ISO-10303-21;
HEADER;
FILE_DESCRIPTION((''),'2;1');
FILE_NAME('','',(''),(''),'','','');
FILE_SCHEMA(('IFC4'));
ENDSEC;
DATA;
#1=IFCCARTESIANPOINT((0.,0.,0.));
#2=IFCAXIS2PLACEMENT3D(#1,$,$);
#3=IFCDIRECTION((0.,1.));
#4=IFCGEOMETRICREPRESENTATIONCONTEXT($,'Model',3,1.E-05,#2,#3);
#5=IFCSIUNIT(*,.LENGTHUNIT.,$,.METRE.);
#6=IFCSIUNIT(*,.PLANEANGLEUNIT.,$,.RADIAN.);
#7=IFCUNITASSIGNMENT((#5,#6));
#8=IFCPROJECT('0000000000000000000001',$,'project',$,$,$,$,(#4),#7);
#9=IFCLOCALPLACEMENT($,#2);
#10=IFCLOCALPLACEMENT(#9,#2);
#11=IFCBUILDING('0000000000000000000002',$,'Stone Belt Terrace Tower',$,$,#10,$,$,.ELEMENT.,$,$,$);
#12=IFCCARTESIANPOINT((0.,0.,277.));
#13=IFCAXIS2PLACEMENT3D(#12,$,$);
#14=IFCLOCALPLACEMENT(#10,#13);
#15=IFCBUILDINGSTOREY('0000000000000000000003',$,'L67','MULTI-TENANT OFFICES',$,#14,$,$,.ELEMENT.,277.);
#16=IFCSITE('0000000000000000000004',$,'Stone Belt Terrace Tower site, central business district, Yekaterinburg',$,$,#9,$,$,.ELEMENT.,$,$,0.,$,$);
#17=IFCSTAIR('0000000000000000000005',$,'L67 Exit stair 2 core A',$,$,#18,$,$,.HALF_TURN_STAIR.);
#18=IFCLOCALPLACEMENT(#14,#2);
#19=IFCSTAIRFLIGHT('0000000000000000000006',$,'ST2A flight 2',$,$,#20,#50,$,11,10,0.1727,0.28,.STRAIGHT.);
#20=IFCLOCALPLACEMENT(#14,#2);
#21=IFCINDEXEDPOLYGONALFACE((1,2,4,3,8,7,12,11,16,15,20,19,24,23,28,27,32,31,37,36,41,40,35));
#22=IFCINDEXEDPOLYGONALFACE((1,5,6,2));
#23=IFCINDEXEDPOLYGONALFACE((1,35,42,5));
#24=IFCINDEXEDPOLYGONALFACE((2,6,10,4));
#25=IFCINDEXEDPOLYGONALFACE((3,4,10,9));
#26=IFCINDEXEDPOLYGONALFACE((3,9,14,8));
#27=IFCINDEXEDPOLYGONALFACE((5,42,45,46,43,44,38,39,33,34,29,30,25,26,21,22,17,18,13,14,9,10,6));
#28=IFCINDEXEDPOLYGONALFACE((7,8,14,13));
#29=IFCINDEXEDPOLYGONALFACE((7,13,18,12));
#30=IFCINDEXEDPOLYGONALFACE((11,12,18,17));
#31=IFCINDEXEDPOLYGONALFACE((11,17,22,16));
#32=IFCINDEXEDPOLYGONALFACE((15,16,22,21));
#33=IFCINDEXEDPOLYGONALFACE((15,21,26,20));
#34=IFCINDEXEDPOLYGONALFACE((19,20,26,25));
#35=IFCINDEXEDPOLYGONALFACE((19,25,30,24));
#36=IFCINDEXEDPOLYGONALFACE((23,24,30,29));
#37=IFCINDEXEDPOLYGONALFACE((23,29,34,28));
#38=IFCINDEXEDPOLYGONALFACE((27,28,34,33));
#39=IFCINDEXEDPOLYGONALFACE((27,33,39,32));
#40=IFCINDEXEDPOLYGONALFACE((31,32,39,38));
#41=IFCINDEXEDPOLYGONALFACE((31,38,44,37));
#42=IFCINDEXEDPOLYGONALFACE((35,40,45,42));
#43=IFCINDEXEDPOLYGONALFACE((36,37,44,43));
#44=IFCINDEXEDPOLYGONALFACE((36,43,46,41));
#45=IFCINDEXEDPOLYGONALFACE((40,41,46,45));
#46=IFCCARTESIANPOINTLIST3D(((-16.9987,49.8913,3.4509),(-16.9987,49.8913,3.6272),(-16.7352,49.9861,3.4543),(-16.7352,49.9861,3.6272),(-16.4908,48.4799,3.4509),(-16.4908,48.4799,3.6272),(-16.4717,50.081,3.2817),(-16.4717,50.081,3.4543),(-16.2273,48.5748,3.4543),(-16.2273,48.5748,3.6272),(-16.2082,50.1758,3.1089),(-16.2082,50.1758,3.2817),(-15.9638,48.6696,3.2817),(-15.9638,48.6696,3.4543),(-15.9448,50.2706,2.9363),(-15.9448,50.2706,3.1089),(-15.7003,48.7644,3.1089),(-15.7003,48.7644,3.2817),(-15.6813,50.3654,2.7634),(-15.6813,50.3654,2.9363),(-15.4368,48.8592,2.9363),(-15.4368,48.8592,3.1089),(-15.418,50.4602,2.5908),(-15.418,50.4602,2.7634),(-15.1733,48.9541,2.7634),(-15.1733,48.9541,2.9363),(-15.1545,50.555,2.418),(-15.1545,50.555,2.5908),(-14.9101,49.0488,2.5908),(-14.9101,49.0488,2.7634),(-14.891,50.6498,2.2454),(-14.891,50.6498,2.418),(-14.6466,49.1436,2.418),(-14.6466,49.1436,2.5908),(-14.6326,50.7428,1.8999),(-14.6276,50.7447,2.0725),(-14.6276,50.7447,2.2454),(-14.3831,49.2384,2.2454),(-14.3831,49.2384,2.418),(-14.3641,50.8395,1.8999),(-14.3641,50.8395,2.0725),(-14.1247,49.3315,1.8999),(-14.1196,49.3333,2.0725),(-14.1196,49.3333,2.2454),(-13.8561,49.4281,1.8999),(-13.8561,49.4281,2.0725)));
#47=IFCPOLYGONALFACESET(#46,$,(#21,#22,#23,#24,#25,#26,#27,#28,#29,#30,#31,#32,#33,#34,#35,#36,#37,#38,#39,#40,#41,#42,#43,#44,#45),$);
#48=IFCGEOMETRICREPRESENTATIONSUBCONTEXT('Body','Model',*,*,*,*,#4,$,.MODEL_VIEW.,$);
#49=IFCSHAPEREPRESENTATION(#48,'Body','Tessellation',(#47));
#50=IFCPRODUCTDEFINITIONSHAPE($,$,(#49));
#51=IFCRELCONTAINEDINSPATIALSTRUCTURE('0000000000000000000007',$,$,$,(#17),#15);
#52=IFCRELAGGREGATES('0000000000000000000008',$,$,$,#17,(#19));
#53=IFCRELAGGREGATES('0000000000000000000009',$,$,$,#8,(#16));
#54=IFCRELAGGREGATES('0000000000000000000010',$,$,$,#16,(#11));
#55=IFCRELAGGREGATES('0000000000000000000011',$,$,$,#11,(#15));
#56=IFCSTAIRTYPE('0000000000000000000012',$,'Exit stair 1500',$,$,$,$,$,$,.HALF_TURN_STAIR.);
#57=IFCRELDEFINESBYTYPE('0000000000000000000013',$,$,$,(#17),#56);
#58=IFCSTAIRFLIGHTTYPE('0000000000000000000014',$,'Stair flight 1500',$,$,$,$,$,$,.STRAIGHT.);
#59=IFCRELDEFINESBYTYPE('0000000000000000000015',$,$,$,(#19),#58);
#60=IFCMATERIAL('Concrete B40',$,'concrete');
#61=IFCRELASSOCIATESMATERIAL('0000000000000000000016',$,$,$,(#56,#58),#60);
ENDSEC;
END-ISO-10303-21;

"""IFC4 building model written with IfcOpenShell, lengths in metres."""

from ifc_helpers import new_model, si_unit, direction, frame, origin, place, context, subcontext, project, spatial, polyline, outline, extrude, material, type_object, element, aggregate, save


model = new_model("IFC4")

# Units and contexts
model_context = context("Model", 3, precision=1e-05, world=origin(), true_north=direction((0.0, 1.0)))
body_context = subcontext(model_context, "Body", "Model", "MODEL_VIEW")
ifc_project = project(units=[si_unit("LENGTHUNIT", "METRE"), si_unit("PLANEANGLEUNIT", "RADIAN")], contexts=[model_context])

# Site, building, storey
site_placement = place(None, origin())
site = spatial("IfcSite", under=ifc_project, at=site_placement, Name="Stone Belt Terrace Tower site, central business district, Yekaterinburg", CompositionType="ELEMENT", RefElevation=0.0)
building_placement = place(site_placement, origin())
building = spatial("IfcBuilding", under=site, at=building_placement, Name="Stone Belt Terrace Tower", CompositionType="ELEMENT")
storey_placement = place(building_placement, frame((0.0, 0.0, 277.0)))
storey = spatial("IfcBuildingStorey", under=building, at=storey_placement, Name="L67", Description="MULTI-TENANT OFFICES", CompositionType="ELEMENT", Elevation=277.0)

# Stair, stair flight
ifc_material_1 = material(Name="Concrete B40", Category="concrete")
stair_type = type_object("IfcStairType", Name="Exit stair 1500", PredefinedType="HALF_TURN_STAIR", material=ifc_material_1)
stair_placement = place(storey_placement, origin())
stair = element("IfcStair", 1, at=stair_placement, inside=storey, type_object=stair_type, Name="L67 Exit stair 2 core A", PredefinedType="HALF_TURN_STAIR")
stair_flight_type = type_object("IfcStairFlightType", Name="Stair flight 1500", PredefinedType="STRAIGHT", material=ifc_material_1)
stair_flight_placement = place(storey_placement, frame((-14.1101, 50.1338, 1.8999), z_axis=(0.0, 0.0, 1.0), x_axis=(-0.940922, -0.338624, 0.0)))
stair_flight = element("IfcStairFlight", 2, at=stair_flight_placement, type_object=stair_flight_type, Name="ST2A flight 2", NumberOfRisers=11, NumberOfTreads=10, PredefinedType="STRAIGHT", RiserHeight=0.1727, TreadLength=0.28, context=body_context, shape_type="SweptSolid", body=[
    extrude(outline(polyline([(0.0, 0.0), (0.0, 0.1726), (0.28, 0.1726), (0.28, 0.3455), (0.5601, 0.3455), (0.5601, 0.5181), (0.8401, 0.5181), (0.8401, 0.6909), (1.1201, 0.6909), (1.1201, 0.8635), (1.3999, 0.8635), (1.3999, 1.0364), (1.6799, 1.0364), (1.6799, 1.209), (1.96, 1.209), (1.96, 1.3818), (2.24, 1.3818), (2.24, 1.5544), (2.52, 1.5544), (2.52, 1.7273), (2.8, 1.7273), (2.8, 1.8999), (2.8, 1.551), (0.2854, 0.0), (0.0, 0.0)])), frame((0.0, 0.75, 0.0), z_axis=(0.0, -1.0, 0.0), x_axis=(1.0, 0.0, 0.0)), (0.0, 0.0, 1.0), 1.5),
])
aggregate(stair, [stair_flight])

save(model, "model.ifc")
